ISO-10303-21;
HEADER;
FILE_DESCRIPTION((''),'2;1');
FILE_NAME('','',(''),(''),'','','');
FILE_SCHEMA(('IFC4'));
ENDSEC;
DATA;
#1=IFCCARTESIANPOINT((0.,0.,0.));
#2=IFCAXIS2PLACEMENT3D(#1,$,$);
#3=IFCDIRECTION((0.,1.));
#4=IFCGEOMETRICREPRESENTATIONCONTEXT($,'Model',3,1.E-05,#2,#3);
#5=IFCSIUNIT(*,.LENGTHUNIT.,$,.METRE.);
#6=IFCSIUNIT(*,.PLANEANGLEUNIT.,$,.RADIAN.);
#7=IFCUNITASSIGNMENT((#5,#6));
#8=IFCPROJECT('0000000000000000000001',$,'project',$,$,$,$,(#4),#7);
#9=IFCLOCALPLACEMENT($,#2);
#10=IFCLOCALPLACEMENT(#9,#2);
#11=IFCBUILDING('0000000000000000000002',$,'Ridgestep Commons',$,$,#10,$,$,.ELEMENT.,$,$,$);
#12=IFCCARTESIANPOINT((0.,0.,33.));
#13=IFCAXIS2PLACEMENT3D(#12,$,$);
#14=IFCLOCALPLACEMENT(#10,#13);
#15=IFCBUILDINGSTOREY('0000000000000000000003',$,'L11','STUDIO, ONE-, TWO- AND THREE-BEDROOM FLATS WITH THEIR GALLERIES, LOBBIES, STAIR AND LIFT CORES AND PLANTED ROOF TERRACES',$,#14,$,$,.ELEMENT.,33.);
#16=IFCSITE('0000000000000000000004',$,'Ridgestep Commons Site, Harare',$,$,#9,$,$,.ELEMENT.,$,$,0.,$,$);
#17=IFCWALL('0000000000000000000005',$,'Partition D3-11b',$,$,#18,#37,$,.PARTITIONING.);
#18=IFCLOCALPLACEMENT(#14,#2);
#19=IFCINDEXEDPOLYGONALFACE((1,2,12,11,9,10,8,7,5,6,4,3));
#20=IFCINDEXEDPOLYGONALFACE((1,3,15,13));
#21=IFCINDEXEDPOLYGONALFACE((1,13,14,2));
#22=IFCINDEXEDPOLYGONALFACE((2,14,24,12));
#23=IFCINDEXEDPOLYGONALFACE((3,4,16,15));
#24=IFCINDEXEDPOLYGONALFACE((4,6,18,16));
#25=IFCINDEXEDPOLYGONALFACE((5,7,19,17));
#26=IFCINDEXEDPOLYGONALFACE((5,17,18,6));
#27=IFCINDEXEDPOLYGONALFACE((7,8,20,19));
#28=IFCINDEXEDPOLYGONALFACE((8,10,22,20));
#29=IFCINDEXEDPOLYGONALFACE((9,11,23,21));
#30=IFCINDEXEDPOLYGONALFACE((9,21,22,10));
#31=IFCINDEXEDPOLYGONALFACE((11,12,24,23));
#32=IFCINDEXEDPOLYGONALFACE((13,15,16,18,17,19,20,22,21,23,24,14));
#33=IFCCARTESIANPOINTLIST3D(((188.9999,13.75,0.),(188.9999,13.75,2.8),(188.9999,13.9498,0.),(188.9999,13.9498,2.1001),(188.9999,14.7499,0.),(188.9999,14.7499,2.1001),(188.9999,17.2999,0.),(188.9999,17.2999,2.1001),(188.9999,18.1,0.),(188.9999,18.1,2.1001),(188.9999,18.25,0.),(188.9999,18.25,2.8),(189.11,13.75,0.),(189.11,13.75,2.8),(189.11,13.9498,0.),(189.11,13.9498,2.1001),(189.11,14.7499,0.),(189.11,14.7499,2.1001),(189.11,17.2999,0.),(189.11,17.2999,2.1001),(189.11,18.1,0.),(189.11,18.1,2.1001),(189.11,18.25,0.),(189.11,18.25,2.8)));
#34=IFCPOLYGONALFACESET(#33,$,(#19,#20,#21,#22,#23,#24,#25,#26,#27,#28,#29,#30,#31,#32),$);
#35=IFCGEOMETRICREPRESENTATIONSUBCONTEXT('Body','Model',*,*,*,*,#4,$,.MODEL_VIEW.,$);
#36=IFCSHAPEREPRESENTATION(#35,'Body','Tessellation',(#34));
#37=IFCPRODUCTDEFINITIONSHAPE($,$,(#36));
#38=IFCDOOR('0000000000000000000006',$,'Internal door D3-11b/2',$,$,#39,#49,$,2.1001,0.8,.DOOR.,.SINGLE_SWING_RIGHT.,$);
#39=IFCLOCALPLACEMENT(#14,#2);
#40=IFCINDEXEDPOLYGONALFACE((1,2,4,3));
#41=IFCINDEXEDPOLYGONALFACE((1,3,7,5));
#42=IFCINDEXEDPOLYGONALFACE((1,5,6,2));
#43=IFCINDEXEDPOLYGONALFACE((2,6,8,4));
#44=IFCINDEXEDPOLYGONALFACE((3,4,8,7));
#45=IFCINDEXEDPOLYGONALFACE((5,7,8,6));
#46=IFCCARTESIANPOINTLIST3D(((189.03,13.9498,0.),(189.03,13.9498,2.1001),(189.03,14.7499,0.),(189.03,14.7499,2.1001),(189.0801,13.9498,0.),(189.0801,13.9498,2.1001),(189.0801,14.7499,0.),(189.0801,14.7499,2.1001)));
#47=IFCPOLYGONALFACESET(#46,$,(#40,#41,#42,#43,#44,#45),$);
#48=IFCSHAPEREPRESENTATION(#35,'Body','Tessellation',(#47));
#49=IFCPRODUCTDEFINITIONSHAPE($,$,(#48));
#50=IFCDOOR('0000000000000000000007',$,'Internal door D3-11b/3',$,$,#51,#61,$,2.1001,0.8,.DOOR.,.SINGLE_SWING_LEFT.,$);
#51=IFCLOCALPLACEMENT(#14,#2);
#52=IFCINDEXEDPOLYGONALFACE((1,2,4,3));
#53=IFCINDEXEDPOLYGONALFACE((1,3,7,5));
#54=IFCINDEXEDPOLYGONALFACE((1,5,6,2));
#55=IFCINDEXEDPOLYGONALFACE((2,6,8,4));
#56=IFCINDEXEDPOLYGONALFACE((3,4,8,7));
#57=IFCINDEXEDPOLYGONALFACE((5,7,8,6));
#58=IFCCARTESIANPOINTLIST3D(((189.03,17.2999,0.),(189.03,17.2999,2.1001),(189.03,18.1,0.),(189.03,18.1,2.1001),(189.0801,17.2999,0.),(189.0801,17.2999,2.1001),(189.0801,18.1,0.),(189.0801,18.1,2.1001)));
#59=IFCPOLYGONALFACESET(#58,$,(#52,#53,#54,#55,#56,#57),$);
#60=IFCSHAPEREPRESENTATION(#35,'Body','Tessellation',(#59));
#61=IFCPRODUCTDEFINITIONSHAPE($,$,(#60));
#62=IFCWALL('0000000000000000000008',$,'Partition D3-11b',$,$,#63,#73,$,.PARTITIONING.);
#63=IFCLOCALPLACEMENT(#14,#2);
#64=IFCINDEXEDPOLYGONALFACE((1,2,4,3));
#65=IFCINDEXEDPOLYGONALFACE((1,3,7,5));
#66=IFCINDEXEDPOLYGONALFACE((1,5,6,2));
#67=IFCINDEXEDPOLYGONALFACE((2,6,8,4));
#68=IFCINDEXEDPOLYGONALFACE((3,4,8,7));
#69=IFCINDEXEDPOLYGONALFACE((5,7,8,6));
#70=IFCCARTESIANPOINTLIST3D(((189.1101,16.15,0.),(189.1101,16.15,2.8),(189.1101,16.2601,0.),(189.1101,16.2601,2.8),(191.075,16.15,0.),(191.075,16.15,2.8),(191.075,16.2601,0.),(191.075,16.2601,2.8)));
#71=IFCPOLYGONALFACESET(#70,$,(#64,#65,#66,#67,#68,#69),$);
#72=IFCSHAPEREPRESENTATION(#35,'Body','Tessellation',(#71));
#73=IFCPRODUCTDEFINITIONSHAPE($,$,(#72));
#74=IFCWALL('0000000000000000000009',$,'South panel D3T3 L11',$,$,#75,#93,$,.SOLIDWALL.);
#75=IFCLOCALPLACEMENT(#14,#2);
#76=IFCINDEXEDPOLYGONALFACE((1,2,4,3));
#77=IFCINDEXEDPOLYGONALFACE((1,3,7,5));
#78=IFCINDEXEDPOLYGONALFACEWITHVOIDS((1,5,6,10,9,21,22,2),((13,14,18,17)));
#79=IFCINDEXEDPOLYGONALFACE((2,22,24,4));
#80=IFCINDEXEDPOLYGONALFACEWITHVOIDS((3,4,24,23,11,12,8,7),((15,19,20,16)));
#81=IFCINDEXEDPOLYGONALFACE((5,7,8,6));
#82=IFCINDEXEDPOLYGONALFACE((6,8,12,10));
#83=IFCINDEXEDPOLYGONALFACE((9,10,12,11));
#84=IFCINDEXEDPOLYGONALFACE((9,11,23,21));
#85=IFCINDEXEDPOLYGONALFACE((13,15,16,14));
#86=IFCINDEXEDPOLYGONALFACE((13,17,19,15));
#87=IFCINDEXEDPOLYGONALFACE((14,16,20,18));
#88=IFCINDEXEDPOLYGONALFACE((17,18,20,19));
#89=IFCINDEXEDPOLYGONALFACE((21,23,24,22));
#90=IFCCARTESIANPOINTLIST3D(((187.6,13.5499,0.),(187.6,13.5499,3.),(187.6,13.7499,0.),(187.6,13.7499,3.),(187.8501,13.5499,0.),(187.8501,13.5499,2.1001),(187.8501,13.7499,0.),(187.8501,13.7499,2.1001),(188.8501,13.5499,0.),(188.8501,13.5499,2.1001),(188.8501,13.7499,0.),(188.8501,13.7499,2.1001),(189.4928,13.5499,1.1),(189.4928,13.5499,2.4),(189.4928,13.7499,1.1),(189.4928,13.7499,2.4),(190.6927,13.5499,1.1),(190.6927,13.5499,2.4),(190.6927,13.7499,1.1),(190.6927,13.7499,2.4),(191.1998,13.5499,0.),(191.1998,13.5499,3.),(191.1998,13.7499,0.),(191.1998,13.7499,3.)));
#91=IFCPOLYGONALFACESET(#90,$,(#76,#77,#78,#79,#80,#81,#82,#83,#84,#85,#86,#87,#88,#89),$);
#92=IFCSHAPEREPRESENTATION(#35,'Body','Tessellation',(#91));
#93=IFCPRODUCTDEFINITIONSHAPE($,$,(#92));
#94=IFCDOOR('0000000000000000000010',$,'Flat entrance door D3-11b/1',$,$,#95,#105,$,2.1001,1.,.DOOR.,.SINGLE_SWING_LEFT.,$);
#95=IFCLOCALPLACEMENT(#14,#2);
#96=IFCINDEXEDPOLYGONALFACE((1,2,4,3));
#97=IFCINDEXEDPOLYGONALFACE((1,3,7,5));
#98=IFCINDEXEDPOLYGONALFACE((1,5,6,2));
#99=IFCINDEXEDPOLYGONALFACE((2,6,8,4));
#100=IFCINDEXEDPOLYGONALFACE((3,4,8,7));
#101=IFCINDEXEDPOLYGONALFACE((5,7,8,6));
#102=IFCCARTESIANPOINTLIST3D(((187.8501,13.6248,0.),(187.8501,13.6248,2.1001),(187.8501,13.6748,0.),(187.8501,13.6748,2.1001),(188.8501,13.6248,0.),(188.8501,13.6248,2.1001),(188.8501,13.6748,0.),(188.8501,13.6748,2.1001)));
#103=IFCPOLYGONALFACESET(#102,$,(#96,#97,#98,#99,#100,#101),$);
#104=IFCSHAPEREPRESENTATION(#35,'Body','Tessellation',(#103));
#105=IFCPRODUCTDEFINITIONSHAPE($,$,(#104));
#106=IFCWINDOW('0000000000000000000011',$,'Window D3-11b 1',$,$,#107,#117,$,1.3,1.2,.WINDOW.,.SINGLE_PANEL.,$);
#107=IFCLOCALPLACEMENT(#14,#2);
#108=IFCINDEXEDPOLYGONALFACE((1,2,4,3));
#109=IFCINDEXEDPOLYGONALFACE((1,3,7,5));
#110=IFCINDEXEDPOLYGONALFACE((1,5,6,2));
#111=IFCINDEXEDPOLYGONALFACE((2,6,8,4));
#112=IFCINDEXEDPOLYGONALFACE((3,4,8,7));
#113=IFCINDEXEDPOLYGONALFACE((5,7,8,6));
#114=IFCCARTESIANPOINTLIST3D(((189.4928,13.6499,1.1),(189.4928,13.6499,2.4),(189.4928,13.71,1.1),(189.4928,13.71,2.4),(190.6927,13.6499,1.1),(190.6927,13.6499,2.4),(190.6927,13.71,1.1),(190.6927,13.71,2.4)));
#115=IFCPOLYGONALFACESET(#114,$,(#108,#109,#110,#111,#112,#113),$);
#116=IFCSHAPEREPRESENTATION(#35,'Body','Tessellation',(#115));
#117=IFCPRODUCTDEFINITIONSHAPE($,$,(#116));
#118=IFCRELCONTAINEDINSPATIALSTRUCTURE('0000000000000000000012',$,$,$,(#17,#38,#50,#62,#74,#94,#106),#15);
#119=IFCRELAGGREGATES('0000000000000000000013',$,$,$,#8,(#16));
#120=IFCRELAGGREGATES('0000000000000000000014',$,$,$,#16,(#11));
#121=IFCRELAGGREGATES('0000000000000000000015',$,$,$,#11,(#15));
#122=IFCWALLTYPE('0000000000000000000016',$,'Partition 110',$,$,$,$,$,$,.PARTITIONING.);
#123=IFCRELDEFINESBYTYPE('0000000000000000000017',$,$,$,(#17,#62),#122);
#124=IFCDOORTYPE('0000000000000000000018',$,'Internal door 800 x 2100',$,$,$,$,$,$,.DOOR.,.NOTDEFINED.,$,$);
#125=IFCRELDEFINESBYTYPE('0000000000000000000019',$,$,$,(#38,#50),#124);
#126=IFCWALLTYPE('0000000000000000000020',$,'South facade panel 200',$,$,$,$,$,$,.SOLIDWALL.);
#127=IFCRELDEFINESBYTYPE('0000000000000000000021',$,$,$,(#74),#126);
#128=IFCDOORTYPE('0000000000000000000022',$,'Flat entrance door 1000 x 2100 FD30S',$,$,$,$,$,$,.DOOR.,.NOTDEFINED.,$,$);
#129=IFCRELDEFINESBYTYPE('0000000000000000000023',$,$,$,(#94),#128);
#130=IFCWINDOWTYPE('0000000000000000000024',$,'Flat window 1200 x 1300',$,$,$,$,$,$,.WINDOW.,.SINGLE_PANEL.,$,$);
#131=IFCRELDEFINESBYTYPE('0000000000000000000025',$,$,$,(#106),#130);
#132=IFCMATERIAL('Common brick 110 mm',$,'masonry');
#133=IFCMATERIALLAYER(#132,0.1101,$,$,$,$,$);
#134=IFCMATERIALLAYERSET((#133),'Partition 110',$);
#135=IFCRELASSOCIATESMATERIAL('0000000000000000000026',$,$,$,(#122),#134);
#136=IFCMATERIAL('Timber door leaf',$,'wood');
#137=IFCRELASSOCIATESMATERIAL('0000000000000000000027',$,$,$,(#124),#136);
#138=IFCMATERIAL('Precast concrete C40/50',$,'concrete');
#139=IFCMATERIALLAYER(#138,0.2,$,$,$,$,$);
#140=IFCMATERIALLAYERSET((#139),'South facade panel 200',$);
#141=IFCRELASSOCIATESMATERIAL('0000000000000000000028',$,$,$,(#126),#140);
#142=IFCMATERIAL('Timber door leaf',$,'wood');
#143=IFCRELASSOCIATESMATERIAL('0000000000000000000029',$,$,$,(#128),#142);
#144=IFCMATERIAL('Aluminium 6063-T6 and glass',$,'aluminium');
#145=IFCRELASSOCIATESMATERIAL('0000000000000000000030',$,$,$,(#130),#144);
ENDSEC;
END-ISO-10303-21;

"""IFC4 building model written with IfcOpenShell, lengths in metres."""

from ifc_helpers import new_model, si_unit, direction, frame, frame_2d, origin, place, context, subcontext, project, spatial, rectangle, extrude, material, layer, layer_set, type_object, element, fill, save


model = new_model("IFC4")

# Units and contexts
model_context = context("Model", 3, precision=1e-05, world=origin(), true_north=direction((0.0, 1.0)))
body_context = subcontext(model_context, "Body", "Model", "MODEL_VIEW")
ifc_project = project(units=[si_unit("LENGTHUNIT", "METRE"), si_unit("PLANEANGLEUNIT", "RADIAN")], contexts=[model_context])

# Site, building, storey
site_placement = place(None, origin())
site = spatial("IfcSite", under=ifc_project, at=site_placement, Name="Ridgestep Commons Site, Harare", CompositionType="ELEMENT", RefElevation=0.0)
building_placement = place(site_placement, origin())
building = spatial("IfcBuilding", under=site, at=building_placement, Name="Ridgestep Commons", CompositionType="ELEMENT")
storey_placement = place(building_placement, frame((0.0, 0.0, 33.0)))
storey = spatial("IfcBuildingStorey", under=building, at=storey_placement, Name="L11", Description="STUDIO, ONE-, TWO- AND THREE-BEDROOM FLATS WITH THEIR GALLERIES, LOBBIES, STAIR AND LIFT CORES AND PLANTED ROOF TERRACES", CompositionType="ELEMENT", Elevation=33.0)

# Wall, openings, doors
ifc_material_1 = material(Name="Common brick 110 mm", Category="masonry")
ifc_layer_1 = layer(ifc_material_1, 0.1101)
ifc_layer_set_1 = layer_set([ifc_layer_1], Name="Partition 110")
wall_type_1 = type_object("IfcWallType", Name="Partition 110", PredefinedType="PARTITIONING", material=ifc_layer_set_1)
wall_1_placement = place(storey_placement, frame((189.0549, 13.75, 0.0), z_axis=(0.0, 0.0, 1.0), x_axis=(0.0, 1.0, 0.0)))
wall_1 = element("IfcWall", 1, at=wall_1_placement, inside=storey, type_object=wall_type_1, Name="Partition D3-11b", PredefinedType="PARTITIONING", context=body_context, shape_type="SweptSolid", body=[
    extrude(rectangle(XDim=4.5, YDim=0.1101, at=frame_2d((2.25, 0.0))), origin(), (0.0, 0.0, 1.0), 2.8),
])
opening_1_placement = place(wall_1_placement, frame((0.2, 0.0, 0.0)))
opening_1 = element("IfcOpeningElement", 2, at=opening_1_placement, cuts=wall_1, PredefinedType="OPENING", context=body_context, shape_type="SweptSolid", body=[
    extrude(rectangle(XDim=0.8, YDim=2.1001, at=frame_2d((0.3999, 1.05))), frame((0.0, 0.0649, 0.0), z_axis=(0.0, -1.0, 0.0), x_axis=(1.0, 0.0, 0.0)), (0.0, 0.0, 1.0), 0.1301),
])
opening_2_placement = place(wall_1_placement, frame((3.55, 0.0, 0.0)))
opening_2 = element("IfcOpeningElement", 3, at=opening_2_placement, cuts=wall_1, PredefinedType="OPENING", context=body_context, shape_type="SweptSolid", body=[
    extrude(rectangle(XDim=0.8, YDim=2.1001, at=frame_2d((0.3999, 1.05))), frame((0.0, 0.0649, 0.0), z_axis=(0.0, -1.0, 0.0), x_axis=(1.0, 0.0, 0.0)), (0.0, 0.0, 1.0), 0.1301),
])
ifc_material_2 = material(Name="Timber door leaf", Category="wood")
door_type_1 = type_object("IfcDoorType", Name="Internal door 800 x 2100", OperationType="NOTDEFINED", PredefinedType="DOOR", material=ifc_material_2)
door_1_placement = place(opening_1_placement, origin())
door_1 = element("IfcDoor", 4, at=door_1_placement, inside=storey, type_object=door_type_1, Name="Internal door D3-11b/2", OperationType="SINGLE_SWING_RIGHT", OverallHeight=2.1001, OverallWidth=0.8, PredefinedType="DOOR", context=body_context, shape_type="SweptSolid", body=[
    extrude(rectangle(XDim=0.8, YDim=2.1001, at=frame_2d((0.3999, 1.05))), frame((0.0, 0.0249, 0.0), z_axis=(0.0, -1.0, 0.0), x_axis=(1.0, 0.0, 0.0)), (0.0, 0.0, 1.0), 0.05),
])
fill(opening_1, door_1)
door_2_placement = place(opening_2_placement, origin())
door_2 = element("IfcDoor", 5, at=door_2_placement, inside=storey, type_object=door_type_1, Name="Internal door D3-11b/3", OperationType="SINGLE_SWING_LEFT", OverallHeight=2.1001, OverallWidth=0.8, PredefinedType="DOOR", context=body_context, shape_type="SweptSolid", body=[
    extrude(rectangle(XDim=0.8, YDim=2.1001, at=frame_2d((0.3999, 1.05))), frame((0.0, 0.0249, 0.0), z_axis=(0.0, -1.0, 0.0), x_axis=(1.0, 0.0, 0.0)), (0.0, 0.0, 1.0), 0.05),
])
fill(opening_2, door_2)

# Wall
wall_2_placement = place(storey_placement, frame((189.1101, 16.2051, 0.0), z_axis=(0.0, 0.0, 1.0), x_axis=(1.0, 0.0, 0.0)))
element("IfcWall", 6, at=wall_2_placement, inside=storey, type_object=wall_type_1, Name="Partition D3-11b", PredefinedType="PARTITIONING", context=body_context, shape_type="SweptSolid", body=[
    extrude(rectangle(XDim=1.9648, YDim=0.1101, at=frame_2d((0.9824, 0.0))), origin(), (0.0, 0.0, 1.0), 2.8),
])

# Wall, openings, door, window
ifc_material_3 = material(Name="Precast concrete C40/50", Category="concrete")
ifc_layer_2 = layer(ifc_material_3, 0.2)
ifc_layer_set_2 = layer_set([ifc_layer_2], Name="South facade panel 200")
wall_type_2 = type_object("IfcWallType", Name="South facade panel 200", PredefinedType="SOLIDWALL", material=ifc_layer_set_2)
wall_3_placement = place(storey_placement, frame((187.6001, 13.6499, 0.0), z_axis=(0.0, 0.0, 1.0), x_axis=(1.0, 0.0, 0.0)))
wall_3 = element("IfcWall", 7, at=wall_3_placement, inside=storey, type_object=wall_type_2, Name="South panel D3T3 L11", PredefinedType="SOLIDWALL", context=body_context, shape_type="SweptSolid", body=[
    extrude(rectangle(XDim=3.5999, YDim=0.2, at=frame_2d((1.7998, 0.0))), origin(), (0.0, 0.0, 1.0), 3.0),
])
opening_3_placement = place(wall_3_placement, frame((1.8926, 0.0, 1.1001)))
opening_3 = element("IfcOpeningElement", 8, at=opening_3_placement, cuts=wall_3, PredefinedType="OPENING", context=body_context, shape_type="SweptSolid", body=[
    extrude(rectangle(XDim=1.2, YDim=1.3, at=frame_2d((0.6001, 0.6499))), frame((0.0, 0.1099, 0.0), z_axis=(0.0, -1.0, 0.0), x_axis=(1.0, 0.0, 0.0)), (0.0, 0.0, 1.0), 0.22),
])
opening_4_placement = place(wall_3_placement, frame((0.25, 0.0, 0.0)))
opening_4 = element("IfcOpeningElement", 9, at=opening_4_placement, cuts=wall_3, PredefinedType="OPENING", context=body_context, shape_type="SweptSolid", body=[
    extrude(rectangle(XDim=1.0, YDim=2.1001, at=frame_2d((0.5, 1.05))), frame((0.0, 0.1099, 0.0), z_axis=(0.0, -1.0, 0.0), x_axis=(1.0, 0.0, 0.0)), (0.0, 0.0, 1.0), 0.22),
])
ifc_material_4 = material(Name="Timber door leaf", Category="wood")
door_type_2 = type_object("IfcDoorType", Name="Flat entrance door 1000 x 2100 FD30S", OperationType="NOTDEFINED", PredefinedType="DOOR", material=ifc_material_4)
door_3_placement = place(opening_4_placement, origin())
door_3 = element("IfcDoor", 10, at=door_3_placement, inside=storey, type_object=door_type_2, Name="Flat entrance door D3-11b/1", OperationType="SINGLE_SWING_LEFT", OverallHeight=2.1001, OverallWidth=1.0, PredefinedType="DOOR", context=body_context, shape_type="SweptSolid", body=[
    extrude(rectangle(XDim=1.0, YDim=2.1001, at=frame_2d((0.5, 1.05))), frame((0.0, 0.0249, 0.0), z_axis=(0.0, -1.0, 0.0), x_axis=(1.0, 0.0, 0.0)), (0.0, 0.0, 1.0), 0.05),
])
fill(opening_4, door_3)
ifc_material_5 = material(Name="Aluminium 6063-T6 and glass", Category="aluminium")
window_type = type_object("IfcWindowType", Name="Flat window 1200 x 1300", PartitioningType="SINGLE_PANEL", PredefinedType="WINDOW", material=ifc_material_5)
window_placement = place(opening_3_placement, origin())
window = element("IfcWindow", 11, at=window_placement, inside=storey, type_object=window_type, Name="Window D3-11b 1", OverallHeight=1.3, OverallWidth=1.2, PartitioningType="SINGLE_PANEL", PredefinedType="WINDOW", context=body_context, shape_type="SweptSolid", body=[
    extrude(rectangle(XDim=1.2, YDim=1.3, at=frame_2d((0.6001, 0.6499))), frame((0.0, 0.0601, 0.0), z_axis=(0.0, -1.0, 0.0), x_axis=(1.0, 0.0, 0.0)), (0.0, 0.0, 1.0), 0.0601),
])
fill(opening_3, window)

save(model, "model.ifc")
